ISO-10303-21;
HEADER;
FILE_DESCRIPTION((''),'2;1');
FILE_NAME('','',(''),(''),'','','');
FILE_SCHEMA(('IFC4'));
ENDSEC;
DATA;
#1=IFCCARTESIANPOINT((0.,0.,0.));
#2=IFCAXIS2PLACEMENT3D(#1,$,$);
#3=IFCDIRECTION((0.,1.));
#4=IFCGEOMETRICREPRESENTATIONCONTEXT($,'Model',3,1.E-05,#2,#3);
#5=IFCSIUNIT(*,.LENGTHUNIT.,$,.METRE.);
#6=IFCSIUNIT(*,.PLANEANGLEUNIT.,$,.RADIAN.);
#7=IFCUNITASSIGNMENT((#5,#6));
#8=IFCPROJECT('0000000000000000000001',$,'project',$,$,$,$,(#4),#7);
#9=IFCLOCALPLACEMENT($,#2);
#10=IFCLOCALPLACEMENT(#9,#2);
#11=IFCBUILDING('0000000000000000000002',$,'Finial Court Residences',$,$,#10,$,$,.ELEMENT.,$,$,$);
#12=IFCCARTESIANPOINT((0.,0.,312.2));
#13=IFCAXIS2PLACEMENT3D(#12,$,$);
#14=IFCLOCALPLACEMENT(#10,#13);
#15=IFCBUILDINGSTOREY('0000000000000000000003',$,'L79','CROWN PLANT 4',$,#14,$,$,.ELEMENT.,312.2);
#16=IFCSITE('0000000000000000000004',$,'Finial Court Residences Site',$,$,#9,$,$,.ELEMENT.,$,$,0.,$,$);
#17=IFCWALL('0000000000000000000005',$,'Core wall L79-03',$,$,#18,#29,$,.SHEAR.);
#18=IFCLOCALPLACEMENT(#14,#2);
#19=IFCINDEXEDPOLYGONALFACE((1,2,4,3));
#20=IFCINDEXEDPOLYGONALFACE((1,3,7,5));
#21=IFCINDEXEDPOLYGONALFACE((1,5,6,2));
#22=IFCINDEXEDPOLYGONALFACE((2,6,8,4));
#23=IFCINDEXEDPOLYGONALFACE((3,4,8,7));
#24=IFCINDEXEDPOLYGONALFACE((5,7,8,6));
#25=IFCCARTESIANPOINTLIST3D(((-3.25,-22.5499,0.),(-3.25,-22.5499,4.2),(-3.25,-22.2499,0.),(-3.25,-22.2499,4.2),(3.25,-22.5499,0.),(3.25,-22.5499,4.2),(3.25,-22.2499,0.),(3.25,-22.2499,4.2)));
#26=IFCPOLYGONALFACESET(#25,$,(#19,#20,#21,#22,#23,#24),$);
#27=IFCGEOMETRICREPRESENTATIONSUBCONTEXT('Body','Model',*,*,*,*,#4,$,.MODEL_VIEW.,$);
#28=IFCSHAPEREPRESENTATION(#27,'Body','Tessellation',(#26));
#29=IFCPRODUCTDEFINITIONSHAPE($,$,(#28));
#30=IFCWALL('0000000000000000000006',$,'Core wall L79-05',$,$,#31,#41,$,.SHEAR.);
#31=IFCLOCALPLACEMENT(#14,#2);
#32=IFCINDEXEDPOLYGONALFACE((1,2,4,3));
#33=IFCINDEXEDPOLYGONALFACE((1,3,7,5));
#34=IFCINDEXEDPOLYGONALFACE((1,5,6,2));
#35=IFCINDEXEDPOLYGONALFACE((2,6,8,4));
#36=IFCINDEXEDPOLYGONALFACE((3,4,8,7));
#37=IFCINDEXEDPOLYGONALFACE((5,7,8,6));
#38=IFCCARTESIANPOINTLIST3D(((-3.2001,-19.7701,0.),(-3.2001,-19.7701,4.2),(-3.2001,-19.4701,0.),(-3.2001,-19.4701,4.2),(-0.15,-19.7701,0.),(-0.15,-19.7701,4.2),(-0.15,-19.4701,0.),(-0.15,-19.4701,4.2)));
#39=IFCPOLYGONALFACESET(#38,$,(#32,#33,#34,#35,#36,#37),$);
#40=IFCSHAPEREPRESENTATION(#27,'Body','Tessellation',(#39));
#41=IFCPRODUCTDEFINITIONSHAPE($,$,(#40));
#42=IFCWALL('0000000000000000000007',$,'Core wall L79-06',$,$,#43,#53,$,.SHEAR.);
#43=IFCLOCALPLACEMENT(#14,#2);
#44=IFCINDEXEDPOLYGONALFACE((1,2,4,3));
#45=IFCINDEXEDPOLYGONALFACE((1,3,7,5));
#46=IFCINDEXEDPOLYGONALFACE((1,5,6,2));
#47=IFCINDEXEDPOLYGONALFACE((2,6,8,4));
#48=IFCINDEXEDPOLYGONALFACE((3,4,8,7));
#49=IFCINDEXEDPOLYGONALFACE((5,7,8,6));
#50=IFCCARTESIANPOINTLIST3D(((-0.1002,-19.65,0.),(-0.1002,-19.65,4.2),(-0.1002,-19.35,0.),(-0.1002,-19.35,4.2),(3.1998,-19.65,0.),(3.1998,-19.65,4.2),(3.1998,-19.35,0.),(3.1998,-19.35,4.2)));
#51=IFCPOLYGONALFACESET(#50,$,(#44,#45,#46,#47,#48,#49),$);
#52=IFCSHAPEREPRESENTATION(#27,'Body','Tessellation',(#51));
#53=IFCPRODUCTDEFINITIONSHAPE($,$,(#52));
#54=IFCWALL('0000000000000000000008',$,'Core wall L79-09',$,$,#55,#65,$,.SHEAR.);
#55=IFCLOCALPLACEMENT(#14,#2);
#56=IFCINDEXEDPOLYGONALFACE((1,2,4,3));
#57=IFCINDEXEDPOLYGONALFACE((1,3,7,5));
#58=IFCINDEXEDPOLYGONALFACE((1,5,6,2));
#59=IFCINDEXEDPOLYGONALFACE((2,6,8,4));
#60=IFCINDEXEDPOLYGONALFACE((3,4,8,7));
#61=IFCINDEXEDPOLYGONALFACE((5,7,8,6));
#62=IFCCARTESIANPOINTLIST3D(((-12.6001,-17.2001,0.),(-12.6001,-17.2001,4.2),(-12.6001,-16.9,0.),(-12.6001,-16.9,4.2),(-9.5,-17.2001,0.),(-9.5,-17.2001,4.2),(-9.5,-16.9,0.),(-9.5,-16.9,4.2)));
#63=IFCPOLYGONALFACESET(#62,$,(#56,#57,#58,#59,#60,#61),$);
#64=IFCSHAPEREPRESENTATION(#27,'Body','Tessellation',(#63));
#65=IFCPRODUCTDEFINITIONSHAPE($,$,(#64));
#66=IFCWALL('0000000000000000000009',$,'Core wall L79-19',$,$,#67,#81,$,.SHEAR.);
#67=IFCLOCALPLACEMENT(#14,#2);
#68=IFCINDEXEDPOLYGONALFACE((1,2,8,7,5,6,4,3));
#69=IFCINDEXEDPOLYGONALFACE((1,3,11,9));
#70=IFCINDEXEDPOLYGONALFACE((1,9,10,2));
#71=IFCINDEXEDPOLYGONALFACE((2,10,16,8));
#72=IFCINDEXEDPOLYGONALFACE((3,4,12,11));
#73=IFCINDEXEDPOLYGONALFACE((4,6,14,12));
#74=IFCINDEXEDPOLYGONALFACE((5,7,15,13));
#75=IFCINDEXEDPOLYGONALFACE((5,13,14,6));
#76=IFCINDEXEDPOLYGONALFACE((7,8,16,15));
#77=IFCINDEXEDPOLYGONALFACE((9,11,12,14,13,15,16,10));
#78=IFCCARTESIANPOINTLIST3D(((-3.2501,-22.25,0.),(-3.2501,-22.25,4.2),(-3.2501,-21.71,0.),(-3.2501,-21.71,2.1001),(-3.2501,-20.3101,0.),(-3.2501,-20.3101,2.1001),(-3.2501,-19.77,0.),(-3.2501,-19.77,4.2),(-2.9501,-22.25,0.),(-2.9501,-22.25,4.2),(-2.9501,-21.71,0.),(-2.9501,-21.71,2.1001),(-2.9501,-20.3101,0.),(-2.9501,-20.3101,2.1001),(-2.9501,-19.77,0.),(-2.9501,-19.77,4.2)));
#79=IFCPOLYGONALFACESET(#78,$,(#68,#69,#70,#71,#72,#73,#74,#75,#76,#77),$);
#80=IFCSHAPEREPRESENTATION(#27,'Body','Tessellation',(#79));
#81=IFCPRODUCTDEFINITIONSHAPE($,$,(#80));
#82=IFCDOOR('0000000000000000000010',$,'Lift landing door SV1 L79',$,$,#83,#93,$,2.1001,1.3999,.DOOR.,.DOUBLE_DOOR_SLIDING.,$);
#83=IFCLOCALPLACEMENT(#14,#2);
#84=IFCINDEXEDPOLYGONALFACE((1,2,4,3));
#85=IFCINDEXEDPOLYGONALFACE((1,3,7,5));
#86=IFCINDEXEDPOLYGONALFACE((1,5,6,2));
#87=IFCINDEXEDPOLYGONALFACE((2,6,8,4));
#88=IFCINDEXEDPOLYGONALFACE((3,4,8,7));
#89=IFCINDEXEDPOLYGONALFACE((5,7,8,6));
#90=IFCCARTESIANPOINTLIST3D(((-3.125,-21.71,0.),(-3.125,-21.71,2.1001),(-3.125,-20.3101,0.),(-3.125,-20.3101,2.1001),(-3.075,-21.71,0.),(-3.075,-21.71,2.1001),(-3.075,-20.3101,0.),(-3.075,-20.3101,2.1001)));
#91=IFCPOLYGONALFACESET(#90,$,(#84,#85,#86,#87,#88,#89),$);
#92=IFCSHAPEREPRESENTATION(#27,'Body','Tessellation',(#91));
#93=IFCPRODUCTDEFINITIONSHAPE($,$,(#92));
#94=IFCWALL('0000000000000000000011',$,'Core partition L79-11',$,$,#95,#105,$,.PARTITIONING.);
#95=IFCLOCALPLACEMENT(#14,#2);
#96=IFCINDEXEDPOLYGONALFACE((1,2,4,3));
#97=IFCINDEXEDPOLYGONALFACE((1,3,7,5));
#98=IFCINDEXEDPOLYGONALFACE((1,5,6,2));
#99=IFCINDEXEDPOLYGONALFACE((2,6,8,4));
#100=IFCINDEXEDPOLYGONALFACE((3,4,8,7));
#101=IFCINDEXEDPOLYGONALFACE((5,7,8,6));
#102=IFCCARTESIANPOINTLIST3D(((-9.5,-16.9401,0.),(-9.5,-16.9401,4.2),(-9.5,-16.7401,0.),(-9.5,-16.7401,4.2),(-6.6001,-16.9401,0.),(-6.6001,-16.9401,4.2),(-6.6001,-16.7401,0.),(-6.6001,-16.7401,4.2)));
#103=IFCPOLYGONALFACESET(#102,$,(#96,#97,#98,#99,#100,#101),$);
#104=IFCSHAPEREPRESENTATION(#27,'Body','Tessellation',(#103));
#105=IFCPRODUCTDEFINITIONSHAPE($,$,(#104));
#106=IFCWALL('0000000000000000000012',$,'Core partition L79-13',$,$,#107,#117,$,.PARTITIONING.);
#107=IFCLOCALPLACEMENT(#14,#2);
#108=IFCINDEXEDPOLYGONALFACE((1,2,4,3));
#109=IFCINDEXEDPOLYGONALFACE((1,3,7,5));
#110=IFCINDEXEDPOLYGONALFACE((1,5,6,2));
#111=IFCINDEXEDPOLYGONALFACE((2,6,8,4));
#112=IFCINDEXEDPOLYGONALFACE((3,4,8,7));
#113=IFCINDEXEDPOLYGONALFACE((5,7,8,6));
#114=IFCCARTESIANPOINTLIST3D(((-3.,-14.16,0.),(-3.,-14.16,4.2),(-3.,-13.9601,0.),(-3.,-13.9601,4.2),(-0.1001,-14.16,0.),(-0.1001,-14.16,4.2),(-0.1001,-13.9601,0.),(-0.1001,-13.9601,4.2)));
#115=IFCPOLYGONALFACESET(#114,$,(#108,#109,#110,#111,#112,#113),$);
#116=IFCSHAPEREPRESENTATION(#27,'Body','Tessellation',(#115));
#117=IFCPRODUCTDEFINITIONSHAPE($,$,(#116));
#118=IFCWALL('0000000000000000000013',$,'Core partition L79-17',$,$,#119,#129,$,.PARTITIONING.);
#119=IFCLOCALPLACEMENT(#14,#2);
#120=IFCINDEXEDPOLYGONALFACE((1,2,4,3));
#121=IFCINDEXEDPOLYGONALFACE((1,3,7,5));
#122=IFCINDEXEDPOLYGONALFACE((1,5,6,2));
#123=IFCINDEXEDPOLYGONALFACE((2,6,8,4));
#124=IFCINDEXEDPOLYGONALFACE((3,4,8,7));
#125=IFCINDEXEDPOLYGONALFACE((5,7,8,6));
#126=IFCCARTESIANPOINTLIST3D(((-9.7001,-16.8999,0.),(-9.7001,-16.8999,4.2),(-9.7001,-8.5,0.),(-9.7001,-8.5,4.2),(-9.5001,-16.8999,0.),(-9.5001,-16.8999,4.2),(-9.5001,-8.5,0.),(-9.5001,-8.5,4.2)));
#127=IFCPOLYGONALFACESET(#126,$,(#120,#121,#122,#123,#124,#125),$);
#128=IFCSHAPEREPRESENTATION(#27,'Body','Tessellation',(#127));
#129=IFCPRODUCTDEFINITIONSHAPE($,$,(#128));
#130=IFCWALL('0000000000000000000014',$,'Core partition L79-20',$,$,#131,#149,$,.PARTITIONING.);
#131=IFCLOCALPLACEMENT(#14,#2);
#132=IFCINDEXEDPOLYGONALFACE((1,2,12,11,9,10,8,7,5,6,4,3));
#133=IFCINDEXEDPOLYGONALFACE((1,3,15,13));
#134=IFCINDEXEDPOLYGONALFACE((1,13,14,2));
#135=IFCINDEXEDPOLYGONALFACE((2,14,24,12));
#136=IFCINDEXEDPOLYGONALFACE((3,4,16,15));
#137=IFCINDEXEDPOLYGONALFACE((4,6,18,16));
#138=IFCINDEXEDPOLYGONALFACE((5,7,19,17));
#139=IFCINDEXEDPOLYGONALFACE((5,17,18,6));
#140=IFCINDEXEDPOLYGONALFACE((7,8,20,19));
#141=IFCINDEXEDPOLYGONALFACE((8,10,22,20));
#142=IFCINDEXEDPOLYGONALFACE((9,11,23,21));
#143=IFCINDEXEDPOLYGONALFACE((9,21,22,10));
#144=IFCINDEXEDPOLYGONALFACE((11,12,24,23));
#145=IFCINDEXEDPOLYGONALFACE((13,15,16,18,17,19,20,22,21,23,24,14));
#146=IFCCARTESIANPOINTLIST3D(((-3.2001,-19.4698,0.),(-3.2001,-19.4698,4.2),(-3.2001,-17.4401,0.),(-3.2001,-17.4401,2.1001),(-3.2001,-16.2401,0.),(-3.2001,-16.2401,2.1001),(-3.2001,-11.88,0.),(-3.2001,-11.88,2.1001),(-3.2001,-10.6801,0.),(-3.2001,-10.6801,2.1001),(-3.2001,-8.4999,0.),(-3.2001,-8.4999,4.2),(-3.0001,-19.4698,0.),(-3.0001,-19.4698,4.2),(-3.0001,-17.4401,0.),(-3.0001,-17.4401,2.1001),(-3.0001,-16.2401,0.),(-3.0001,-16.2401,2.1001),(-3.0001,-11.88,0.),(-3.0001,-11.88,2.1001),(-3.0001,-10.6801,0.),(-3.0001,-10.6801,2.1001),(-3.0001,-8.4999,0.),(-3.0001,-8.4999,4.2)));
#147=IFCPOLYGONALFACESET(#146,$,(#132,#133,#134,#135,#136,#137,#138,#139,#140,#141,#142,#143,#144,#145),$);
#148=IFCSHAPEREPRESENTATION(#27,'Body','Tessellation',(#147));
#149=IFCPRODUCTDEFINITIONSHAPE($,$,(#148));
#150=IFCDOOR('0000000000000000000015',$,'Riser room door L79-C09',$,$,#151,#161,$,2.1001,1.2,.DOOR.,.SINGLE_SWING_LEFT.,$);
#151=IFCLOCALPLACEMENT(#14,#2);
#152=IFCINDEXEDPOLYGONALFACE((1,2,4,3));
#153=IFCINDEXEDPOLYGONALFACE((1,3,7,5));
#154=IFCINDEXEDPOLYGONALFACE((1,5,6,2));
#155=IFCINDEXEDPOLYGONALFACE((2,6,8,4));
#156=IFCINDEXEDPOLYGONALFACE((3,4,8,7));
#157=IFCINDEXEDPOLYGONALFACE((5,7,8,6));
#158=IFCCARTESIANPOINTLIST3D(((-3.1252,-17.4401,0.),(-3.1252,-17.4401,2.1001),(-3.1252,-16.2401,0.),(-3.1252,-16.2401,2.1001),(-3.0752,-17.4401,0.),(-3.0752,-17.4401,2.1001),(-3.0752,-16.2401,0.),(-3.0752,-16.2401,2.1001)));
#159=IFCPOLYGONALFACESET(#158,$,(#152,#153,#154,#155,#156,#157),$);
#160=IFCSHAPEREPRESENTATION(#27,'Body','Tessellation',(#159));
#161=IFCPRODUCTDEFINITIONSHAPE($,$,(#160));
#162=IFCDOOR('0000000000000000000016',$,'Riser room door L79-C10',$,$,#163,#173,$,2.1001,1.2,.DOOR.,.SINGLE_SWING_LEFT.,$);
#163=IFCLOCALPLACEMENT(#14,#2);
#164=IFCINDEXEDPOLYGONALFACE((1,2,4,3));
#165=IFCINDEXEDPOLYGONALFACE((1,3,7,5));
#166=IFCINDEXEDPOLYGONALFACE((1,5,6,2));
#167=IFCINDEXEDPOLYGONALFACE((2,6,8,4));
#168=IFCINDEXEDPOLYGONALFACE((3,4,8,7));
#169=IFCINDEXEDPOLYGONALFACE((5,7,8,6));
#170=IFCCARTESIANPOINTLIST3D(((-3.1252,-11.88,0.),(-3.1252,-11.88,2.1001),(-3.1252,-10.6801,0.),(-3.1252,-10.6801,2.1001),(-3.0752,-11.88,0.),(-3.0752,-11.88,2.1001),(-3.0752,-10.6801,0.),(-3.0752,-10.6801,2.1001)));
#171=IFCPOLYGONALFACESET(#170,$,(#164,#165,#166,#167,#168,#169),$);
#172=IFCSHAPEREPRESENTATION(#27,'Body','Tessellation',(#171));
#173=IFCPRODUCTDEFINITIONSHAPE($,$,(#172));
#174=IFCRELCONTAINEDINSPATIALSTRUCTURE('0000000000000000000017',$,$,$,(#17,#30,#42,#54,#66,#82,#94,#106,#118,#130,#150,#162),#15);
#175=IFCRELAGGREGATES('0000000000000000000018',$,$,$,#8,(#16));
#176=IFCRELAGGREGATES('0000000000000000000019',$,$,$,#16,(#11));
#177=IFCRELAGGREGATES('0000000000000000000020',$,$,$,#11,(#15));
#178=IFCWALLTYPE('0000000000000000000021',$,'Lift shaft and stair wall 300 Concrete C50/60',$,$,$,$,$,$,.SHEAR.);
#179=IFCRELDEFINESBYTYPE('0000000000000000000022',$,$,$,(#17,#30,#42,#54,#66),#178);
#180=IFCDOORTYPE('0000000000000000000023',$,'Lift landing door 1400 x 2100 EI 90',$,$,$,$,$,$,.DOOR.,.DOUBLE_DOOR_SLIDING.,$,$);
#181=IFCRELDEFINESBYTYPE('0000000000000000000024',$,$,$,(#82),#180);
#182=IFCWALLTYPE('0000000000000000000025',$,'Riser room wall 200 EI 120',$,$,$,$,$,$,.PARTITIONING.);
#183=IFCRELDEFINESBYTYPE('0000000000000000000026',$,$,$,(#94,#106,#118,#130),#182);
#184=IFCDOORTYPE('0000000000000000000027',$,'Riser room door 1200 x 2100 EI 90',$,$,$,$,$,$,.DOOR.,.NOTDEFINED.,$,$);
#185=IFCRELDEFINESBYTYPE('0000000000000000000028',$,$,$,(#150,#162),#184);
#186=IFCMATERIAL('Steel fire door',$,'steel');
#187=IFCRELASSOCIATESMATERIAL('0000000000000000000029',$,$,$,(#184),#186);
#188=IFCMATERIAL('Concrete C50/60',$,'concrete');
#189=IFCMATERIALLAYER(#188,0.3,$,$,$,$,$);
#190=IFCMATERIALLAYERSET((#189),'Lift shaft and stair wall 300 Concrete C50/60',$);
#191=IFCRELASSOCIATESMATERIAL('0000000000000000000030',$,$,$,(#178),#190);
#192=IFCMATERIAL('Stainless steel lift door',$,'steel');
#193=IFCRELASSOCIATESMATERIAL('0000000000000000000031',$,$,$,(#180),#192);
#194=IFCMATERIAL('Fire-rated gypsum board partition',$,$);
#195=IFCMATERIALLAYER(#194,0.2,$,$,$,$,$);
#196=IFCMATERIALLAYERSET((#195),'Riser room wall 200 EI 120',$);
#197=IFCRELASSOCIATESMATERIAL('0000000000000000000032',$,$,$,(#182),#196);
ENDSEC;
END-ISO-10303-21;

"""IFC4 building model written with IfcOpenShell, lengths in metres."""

from ifc_helpers import new_model, si_unit, direction, frame, frame_2d, origin, place, context, subcontext, project, spatial, rectangle, extrude, material, layer, layer_set, type_object, element, fill, save


model = new_model("IFC4")

# Units and contexts
model_context = context("Model", 3, precision=1e-05, world=origin(), true_north=direction((0.0, 1.0)))
body_context = subcontext(model_context, "Body", "Model", "MODEL_VIEW")
ifc_project = project(units=[si_unit("LENGTHUNIT", "METRE"), si_unit("PLANEANGLEUNIT", "RADIAN")], contexts=[model_context])

# Site, building, storey
site_placement = place(None, origin())
site = spatial("IfcSite", under=ifc_project, at=site_placement, Name="Finial Court Residences Site", CompositionType="ELEMENT", RefElevation=0.0)
building_placement = place(site_placement, origin())
building = spatial("IfcBuilding", under=site, at=building_placement, Name="Finial Court Residences", CompositionType="ELEMENT")
storey_placement = place(building_placement, frame((0.0, 0.0, 312.2)))
storey = spatial("IfcBuildingStorey", under=building, at=storey_placement, Name="L79", Description="CROWN PLANT 4", CompositionType="ELEMENT", Elevation=312.2)

# Shared definitions
ifc_material_1 = material(Name="Concrete C50/60", Category="concrete")
ifc_material_2 = material(Name="Steel fire door", Category="steel")
door_type_1 = type_object("IfcDoorType", Name="Riser room door 1200 x 2100 EI 90", OperationType="NOTDEFINED", PredefinedType="DOOR", material=ifc_material_2)

# Walls
ifc_layer_1 = layer(ifc_material_1, 0.3)
ifc_layer_set_1 = layer_set([ifc_layer_1], Name="Lift shaft and stair wall 300 Concrete C50/60")
wall_type_1 = type_object("IfcWallType", Name="Lift shaft and stair wall 300 Concrete C50/60", PredefinedType="SHEAR", material=ifc_layer_set_1)
wall_1_placement = place(storey_placement, frame((-3.25, -22.3999, 0.0), z_axis=(0.0, 0.0, 1.0), x_axis=(1.0, 0.0, 0.0)))
element("IfcWall", 1, at=wall_1_placement, inside=storey, type_object=wall_type_1, Name="Core wall L79-03", PredefinedType="SHEAR", context=body_context, shape_type="SweptSolid", body=[
    extrude(rectangle(XDim=6.5, YDim=0.3, at=frame_2d((3.25, 0.0))), origin(), (0.0, 0.0, 1.0), 4.2),
])
wall_2_placement = place(storey_placement, frame((-3.2, -19.6201, 0.0), z_axis=(0.0, 0.0, 1.0), x_axis=(1.0, 0.0, 0.0)))
element("IfcWall", 2, at=wall_2_placement, inside=storey, type_object=wall_type_1, Name="Core wall L79-05", PredefinedType="SHEAR", context=body_context, shape_type="SweptSolid", body=[
    extrude(rectangle(XDim=3.05, YDim=0.3, at=frame_2d((1.5249, 0.0))), origin(), (0.0, 0.0, 1.0), 4.2),
])
wall_3_placement = place(storey_placement, frame((-0.1001, -19.5, 0.0), z_axis=(0.0, 0.0, 1.0), x_axis=(1.0, 0.0, 0.0)))
element("IfcWall", 3, at=wall_3_placement, inside=storey, type_object=wall_type_1, Name="Core wall L79-06", PredefinedType="SHEAR", context=body_context, shape_type="SweptSolid", body=[
    extrude(rectangle(XDim=3.3, YDim=0.3, at=frame_2d((1.6499, 0.0))), origin(), (0.0, 0.0, 1.0), 4.2),
])
wall_4_placement = place(storey_placement, frame((-12.6001, -17.05, 0.0), z_axis=(0.0, 0.0, 1.0), x_axis=(1.0, 0.0, 0.0)))
element("IfcWall", 4, at=wall_4_placement, inside=storey, type_object=wall_type_1, Name="Core wall L79-09", PredefinedType="SHEAR", context=body_context, shape_type="SweptSolid", body=[
    extrude(rectangle(XDim=3.1001, YDim=0.3, at=frame_2d((1.55, 0.0))), origin(), (0.0, 0.0, 1.0), 4.2),
])

# Wall, opening, door
wall_5_placement = place(storey_placement, frame((-3.1001, -22.25, 0.0), z_axis=(0.0, 0.0, 1.0), x_axis=(0.0, 1.0, 0.0)))
wall_5 = element("IfcWall", 5, at=wall_5_placement, inside=storey, type_object=wall_type_1, Name="Core wall L79-19", PredefinedType="SHEAR", context=body_context, shape_type="SweptSolid", body=[
    extrude(rectangle(XDim=2.48, YDim=0.3, at=frame_2d((1.24, 0.0))), origin(), (0.0, 0.0, 1.0), 4.2),
])
opening_1_placement = place(wall_5_placement, frame((0.54, 0.0, 0.0)))
opening_1 = element("IfcOpeningElement", 6, at=opening_1_placement, cuts=wall_5, PredefinedType="OPENING", context=body_context, shape_type="SweptSolid", body=[
    extrude(rectangle(XDim=1.3999, YDim=2.1001, at=frame_2d((0.7, 1.05))), frame((0.0, 0.1599, 0.0), z_axis=(0.0, -1.0, 0.0), x_axis=(1.0, 0.0, 0.0)), (0.0, 0.0, 1.0), 0.3201),
])
ifc_material_3 = material(Name="Stainless steel lift door", Category="steel")
door_type_2 = type_object("IfcDoorType", Name="Lift landing door 1400 x 2100 EI 90", OperationType="DOUBLE_DOOR_SLIDING", PredefinedType="DOOR", material=ifc_material_3)
door_1_placement = place(opening_1_placement, origin())
door_1 = element("IfcDoor", 7, at=door_1_placement, inside=storey, type_object=door_type_2, Name="Lift landing door SV1 L79", OperationType="DOUBLE_DOOR_SLIDING", OverallHeight=2.1001, OverallWidth=1.3999, PredefinedType="DOOR", context=body_context, shape_type="SweptSolid", body=[
    extrude(rectangle(XDim=1.3999, YDim=2.1001, at=frame_2d((0.7, 1.05))), frame((0.0, 0.0249, 0.0), z_axis=(0.0, -1.0, 0.0), x_axis=(1.0, 0.0, 0.0)), (0.0, 0.0, 1.0), 0.05),
])
fill(opening_1, door_1)

# Walls
ifc_material_4 = material(Name="Fire-rated gypsum board partition")
ifc_layer_2 = layer(ifc_material_4, 0.2)
ifc_layer_set_2 = layer_set([ifc_layer_2], Name="Riser room wall 200 EI 120")
wall_type_2 = type_object("IfcWallType", Name="Riser room wall 200 EI 120", PredefinedType="PARTITIONING", material=ifc_layer_set_2)
for number, where, z_axis, x_axis, name in (
    (8, (-9.5, -16.8401, 0.0), (0.0, 0.0, 1.0), (1.0, 0.0, 0.0), "Core partition L79-11"),
    (9, (-3.0, -14.0601, 0.0), (0.0, 0.0, 1.0), (1.0, 0.0, 0.0), "Core partition L79-13"),
):
    element("IfcWall", number, at=place(storey_placement, frame(where, z_axis=z_axis, x_axis=x_axis)), inside=storey, type_object=wall_type_2, Name=name, PredefinedType="PARTITIONING", context=body_context, shape_type="SweptSolid", body=[
        extrude(rectangle(XDim=2.8999, YDim=0.2, at=frame_2d((1.45, 0.0))), origin(), (0.0, 0.0, 1.0), 4.2),
    ])
wall_6_placement = place(storey_placement, frame((-9.6001, -16.8999, 0.0), z_axis=(0.0, 0.0, 1.0), x_axis=(0.0, 1.0, 0.0)))
element("IfcWall", 10, at=wall_6_placement, inside=storey, type_object=wall_type_2, Name="Core partition L79-17", PredefinedType="PARTITIONING", context=body_context, shape_type="SweptSolid", body=[
    extrude(rectangle(XDim=8.3999, YDim=0.2, at=frame_2d((4.2, 0.0))), origin(), (0.0, 0.0, 1.0), 4.2),
])

# Wall, openings, doors
wall_7_placement = place(storey_placement, frame((-3.1001, -8.5, 0.0), z_axis=(0.0, 0.0, 1.0), x_axis=(0.0, -1.0, 0.0)))
wall_7 = element("IfcWall", 11, at=wall_7_placement, inside=storey, type_object=wall_type_2, Name="Core partition L79-20", PredefinedType="PARTITIONING", context=body_context, shape_type="SweptSolid", body=[
    extrude(rectangle(XDim=10.97, YDim=0.2, at=frame_2d((5.4849, 0.0))), origin(), (0.0, 0.0, 1.0), 4.2),
])
opening_2_placement = place(wall_7_placement, frame((7.74, 0.0, 0.0)))
opening_2 = element("IfcOpeningElement", 12, at=opening_2_placement, cuts=wall_7, PredefinedType="OPENING", context=body_context, shape_type="SweptSolid", body=[
    extrude(rectangle(XDim=1.2, YDim=2.1001, at=frame_2d((0.6001, 1.05))), frame((0.0, 0.1099, 0.0), z_axis=(0.0, -1.0, 0.0), x_axis=(1.0, 0.0, 0.0)), (0.0, 0.0, 1.0), 0.22),
])
opening_3_placement = place(wall_7_placement, frame((2.1799, 0.0, 0.0)))
opening_3 = element("IfcOpeningElement", 13, at=opening_3_placement, cuts=wall_7, PredefinedType="OPENING", context=body_context, shape_type="SweptSolid", body=[
    extrude(rectangle(XDim=1.2, YDim=2.1001, at=frame_2d((0.6001, 1.05))), frame((0.0, 0.1099, 0.0), z_axis=(0.0, -1.0, 0.0), x_axis=(1.0, 0.0, 0.0)), (0.0, 0.0, 1.0), 0.22),
])
door_2_placement = place(opening_2_placement, origin())
door_2 = element("IfcDoor", 14, at=door_2_placement, inside=storey, type_object=door_type_1, Name="Riser room door L79-C09", OperationType="SINGLE_SWING_LEFT", OverallHeight=2.1001, OverallWidth=1.2, PredefinedType="DOOR", context=body_context, shape_type="SweptSolid", body=[
    extrude(rectangle(XDim=1.2, YDim=2.1001, at=frame_2d((0.6001, 1.05))), frame((0.0, 0.0249, 0.0), z_axis=(0.0, -1.0, 0.0), x_axis=(1.0, 0.0, 0.0)), (0.0, 0.0, 1.0), 0.05),
])
fill(opening_2, door_2)
door_3_placement = place(opening_3_placement, origin())
door_3 = element("IfcDoor", 15, at=door_3_placement, inside=storey, type_object=door_type_1, Name="Riser room door L79-C10", OperationType="SINGLE_SWING_LEFT", OverallHeight=2.1001, OverallWidth=1.2, PredefinedType="DOOR", context=body_context, shape_type="SweptSolid", body=[
    extrude(rectangle(XDim=1.2, YDim=2.1001, at=frame_2d((0.6001, 1.05))), frame((0.0, 0.0249, 0.0), z_axis=(0.0, -1.0, 0.0), x_axis=(1.0, 0.0, 0.0)), (0.0, 0.0, 1.0), 0.05),
])
fill(opening_3, door_3)

save(model, "model.ifc")
